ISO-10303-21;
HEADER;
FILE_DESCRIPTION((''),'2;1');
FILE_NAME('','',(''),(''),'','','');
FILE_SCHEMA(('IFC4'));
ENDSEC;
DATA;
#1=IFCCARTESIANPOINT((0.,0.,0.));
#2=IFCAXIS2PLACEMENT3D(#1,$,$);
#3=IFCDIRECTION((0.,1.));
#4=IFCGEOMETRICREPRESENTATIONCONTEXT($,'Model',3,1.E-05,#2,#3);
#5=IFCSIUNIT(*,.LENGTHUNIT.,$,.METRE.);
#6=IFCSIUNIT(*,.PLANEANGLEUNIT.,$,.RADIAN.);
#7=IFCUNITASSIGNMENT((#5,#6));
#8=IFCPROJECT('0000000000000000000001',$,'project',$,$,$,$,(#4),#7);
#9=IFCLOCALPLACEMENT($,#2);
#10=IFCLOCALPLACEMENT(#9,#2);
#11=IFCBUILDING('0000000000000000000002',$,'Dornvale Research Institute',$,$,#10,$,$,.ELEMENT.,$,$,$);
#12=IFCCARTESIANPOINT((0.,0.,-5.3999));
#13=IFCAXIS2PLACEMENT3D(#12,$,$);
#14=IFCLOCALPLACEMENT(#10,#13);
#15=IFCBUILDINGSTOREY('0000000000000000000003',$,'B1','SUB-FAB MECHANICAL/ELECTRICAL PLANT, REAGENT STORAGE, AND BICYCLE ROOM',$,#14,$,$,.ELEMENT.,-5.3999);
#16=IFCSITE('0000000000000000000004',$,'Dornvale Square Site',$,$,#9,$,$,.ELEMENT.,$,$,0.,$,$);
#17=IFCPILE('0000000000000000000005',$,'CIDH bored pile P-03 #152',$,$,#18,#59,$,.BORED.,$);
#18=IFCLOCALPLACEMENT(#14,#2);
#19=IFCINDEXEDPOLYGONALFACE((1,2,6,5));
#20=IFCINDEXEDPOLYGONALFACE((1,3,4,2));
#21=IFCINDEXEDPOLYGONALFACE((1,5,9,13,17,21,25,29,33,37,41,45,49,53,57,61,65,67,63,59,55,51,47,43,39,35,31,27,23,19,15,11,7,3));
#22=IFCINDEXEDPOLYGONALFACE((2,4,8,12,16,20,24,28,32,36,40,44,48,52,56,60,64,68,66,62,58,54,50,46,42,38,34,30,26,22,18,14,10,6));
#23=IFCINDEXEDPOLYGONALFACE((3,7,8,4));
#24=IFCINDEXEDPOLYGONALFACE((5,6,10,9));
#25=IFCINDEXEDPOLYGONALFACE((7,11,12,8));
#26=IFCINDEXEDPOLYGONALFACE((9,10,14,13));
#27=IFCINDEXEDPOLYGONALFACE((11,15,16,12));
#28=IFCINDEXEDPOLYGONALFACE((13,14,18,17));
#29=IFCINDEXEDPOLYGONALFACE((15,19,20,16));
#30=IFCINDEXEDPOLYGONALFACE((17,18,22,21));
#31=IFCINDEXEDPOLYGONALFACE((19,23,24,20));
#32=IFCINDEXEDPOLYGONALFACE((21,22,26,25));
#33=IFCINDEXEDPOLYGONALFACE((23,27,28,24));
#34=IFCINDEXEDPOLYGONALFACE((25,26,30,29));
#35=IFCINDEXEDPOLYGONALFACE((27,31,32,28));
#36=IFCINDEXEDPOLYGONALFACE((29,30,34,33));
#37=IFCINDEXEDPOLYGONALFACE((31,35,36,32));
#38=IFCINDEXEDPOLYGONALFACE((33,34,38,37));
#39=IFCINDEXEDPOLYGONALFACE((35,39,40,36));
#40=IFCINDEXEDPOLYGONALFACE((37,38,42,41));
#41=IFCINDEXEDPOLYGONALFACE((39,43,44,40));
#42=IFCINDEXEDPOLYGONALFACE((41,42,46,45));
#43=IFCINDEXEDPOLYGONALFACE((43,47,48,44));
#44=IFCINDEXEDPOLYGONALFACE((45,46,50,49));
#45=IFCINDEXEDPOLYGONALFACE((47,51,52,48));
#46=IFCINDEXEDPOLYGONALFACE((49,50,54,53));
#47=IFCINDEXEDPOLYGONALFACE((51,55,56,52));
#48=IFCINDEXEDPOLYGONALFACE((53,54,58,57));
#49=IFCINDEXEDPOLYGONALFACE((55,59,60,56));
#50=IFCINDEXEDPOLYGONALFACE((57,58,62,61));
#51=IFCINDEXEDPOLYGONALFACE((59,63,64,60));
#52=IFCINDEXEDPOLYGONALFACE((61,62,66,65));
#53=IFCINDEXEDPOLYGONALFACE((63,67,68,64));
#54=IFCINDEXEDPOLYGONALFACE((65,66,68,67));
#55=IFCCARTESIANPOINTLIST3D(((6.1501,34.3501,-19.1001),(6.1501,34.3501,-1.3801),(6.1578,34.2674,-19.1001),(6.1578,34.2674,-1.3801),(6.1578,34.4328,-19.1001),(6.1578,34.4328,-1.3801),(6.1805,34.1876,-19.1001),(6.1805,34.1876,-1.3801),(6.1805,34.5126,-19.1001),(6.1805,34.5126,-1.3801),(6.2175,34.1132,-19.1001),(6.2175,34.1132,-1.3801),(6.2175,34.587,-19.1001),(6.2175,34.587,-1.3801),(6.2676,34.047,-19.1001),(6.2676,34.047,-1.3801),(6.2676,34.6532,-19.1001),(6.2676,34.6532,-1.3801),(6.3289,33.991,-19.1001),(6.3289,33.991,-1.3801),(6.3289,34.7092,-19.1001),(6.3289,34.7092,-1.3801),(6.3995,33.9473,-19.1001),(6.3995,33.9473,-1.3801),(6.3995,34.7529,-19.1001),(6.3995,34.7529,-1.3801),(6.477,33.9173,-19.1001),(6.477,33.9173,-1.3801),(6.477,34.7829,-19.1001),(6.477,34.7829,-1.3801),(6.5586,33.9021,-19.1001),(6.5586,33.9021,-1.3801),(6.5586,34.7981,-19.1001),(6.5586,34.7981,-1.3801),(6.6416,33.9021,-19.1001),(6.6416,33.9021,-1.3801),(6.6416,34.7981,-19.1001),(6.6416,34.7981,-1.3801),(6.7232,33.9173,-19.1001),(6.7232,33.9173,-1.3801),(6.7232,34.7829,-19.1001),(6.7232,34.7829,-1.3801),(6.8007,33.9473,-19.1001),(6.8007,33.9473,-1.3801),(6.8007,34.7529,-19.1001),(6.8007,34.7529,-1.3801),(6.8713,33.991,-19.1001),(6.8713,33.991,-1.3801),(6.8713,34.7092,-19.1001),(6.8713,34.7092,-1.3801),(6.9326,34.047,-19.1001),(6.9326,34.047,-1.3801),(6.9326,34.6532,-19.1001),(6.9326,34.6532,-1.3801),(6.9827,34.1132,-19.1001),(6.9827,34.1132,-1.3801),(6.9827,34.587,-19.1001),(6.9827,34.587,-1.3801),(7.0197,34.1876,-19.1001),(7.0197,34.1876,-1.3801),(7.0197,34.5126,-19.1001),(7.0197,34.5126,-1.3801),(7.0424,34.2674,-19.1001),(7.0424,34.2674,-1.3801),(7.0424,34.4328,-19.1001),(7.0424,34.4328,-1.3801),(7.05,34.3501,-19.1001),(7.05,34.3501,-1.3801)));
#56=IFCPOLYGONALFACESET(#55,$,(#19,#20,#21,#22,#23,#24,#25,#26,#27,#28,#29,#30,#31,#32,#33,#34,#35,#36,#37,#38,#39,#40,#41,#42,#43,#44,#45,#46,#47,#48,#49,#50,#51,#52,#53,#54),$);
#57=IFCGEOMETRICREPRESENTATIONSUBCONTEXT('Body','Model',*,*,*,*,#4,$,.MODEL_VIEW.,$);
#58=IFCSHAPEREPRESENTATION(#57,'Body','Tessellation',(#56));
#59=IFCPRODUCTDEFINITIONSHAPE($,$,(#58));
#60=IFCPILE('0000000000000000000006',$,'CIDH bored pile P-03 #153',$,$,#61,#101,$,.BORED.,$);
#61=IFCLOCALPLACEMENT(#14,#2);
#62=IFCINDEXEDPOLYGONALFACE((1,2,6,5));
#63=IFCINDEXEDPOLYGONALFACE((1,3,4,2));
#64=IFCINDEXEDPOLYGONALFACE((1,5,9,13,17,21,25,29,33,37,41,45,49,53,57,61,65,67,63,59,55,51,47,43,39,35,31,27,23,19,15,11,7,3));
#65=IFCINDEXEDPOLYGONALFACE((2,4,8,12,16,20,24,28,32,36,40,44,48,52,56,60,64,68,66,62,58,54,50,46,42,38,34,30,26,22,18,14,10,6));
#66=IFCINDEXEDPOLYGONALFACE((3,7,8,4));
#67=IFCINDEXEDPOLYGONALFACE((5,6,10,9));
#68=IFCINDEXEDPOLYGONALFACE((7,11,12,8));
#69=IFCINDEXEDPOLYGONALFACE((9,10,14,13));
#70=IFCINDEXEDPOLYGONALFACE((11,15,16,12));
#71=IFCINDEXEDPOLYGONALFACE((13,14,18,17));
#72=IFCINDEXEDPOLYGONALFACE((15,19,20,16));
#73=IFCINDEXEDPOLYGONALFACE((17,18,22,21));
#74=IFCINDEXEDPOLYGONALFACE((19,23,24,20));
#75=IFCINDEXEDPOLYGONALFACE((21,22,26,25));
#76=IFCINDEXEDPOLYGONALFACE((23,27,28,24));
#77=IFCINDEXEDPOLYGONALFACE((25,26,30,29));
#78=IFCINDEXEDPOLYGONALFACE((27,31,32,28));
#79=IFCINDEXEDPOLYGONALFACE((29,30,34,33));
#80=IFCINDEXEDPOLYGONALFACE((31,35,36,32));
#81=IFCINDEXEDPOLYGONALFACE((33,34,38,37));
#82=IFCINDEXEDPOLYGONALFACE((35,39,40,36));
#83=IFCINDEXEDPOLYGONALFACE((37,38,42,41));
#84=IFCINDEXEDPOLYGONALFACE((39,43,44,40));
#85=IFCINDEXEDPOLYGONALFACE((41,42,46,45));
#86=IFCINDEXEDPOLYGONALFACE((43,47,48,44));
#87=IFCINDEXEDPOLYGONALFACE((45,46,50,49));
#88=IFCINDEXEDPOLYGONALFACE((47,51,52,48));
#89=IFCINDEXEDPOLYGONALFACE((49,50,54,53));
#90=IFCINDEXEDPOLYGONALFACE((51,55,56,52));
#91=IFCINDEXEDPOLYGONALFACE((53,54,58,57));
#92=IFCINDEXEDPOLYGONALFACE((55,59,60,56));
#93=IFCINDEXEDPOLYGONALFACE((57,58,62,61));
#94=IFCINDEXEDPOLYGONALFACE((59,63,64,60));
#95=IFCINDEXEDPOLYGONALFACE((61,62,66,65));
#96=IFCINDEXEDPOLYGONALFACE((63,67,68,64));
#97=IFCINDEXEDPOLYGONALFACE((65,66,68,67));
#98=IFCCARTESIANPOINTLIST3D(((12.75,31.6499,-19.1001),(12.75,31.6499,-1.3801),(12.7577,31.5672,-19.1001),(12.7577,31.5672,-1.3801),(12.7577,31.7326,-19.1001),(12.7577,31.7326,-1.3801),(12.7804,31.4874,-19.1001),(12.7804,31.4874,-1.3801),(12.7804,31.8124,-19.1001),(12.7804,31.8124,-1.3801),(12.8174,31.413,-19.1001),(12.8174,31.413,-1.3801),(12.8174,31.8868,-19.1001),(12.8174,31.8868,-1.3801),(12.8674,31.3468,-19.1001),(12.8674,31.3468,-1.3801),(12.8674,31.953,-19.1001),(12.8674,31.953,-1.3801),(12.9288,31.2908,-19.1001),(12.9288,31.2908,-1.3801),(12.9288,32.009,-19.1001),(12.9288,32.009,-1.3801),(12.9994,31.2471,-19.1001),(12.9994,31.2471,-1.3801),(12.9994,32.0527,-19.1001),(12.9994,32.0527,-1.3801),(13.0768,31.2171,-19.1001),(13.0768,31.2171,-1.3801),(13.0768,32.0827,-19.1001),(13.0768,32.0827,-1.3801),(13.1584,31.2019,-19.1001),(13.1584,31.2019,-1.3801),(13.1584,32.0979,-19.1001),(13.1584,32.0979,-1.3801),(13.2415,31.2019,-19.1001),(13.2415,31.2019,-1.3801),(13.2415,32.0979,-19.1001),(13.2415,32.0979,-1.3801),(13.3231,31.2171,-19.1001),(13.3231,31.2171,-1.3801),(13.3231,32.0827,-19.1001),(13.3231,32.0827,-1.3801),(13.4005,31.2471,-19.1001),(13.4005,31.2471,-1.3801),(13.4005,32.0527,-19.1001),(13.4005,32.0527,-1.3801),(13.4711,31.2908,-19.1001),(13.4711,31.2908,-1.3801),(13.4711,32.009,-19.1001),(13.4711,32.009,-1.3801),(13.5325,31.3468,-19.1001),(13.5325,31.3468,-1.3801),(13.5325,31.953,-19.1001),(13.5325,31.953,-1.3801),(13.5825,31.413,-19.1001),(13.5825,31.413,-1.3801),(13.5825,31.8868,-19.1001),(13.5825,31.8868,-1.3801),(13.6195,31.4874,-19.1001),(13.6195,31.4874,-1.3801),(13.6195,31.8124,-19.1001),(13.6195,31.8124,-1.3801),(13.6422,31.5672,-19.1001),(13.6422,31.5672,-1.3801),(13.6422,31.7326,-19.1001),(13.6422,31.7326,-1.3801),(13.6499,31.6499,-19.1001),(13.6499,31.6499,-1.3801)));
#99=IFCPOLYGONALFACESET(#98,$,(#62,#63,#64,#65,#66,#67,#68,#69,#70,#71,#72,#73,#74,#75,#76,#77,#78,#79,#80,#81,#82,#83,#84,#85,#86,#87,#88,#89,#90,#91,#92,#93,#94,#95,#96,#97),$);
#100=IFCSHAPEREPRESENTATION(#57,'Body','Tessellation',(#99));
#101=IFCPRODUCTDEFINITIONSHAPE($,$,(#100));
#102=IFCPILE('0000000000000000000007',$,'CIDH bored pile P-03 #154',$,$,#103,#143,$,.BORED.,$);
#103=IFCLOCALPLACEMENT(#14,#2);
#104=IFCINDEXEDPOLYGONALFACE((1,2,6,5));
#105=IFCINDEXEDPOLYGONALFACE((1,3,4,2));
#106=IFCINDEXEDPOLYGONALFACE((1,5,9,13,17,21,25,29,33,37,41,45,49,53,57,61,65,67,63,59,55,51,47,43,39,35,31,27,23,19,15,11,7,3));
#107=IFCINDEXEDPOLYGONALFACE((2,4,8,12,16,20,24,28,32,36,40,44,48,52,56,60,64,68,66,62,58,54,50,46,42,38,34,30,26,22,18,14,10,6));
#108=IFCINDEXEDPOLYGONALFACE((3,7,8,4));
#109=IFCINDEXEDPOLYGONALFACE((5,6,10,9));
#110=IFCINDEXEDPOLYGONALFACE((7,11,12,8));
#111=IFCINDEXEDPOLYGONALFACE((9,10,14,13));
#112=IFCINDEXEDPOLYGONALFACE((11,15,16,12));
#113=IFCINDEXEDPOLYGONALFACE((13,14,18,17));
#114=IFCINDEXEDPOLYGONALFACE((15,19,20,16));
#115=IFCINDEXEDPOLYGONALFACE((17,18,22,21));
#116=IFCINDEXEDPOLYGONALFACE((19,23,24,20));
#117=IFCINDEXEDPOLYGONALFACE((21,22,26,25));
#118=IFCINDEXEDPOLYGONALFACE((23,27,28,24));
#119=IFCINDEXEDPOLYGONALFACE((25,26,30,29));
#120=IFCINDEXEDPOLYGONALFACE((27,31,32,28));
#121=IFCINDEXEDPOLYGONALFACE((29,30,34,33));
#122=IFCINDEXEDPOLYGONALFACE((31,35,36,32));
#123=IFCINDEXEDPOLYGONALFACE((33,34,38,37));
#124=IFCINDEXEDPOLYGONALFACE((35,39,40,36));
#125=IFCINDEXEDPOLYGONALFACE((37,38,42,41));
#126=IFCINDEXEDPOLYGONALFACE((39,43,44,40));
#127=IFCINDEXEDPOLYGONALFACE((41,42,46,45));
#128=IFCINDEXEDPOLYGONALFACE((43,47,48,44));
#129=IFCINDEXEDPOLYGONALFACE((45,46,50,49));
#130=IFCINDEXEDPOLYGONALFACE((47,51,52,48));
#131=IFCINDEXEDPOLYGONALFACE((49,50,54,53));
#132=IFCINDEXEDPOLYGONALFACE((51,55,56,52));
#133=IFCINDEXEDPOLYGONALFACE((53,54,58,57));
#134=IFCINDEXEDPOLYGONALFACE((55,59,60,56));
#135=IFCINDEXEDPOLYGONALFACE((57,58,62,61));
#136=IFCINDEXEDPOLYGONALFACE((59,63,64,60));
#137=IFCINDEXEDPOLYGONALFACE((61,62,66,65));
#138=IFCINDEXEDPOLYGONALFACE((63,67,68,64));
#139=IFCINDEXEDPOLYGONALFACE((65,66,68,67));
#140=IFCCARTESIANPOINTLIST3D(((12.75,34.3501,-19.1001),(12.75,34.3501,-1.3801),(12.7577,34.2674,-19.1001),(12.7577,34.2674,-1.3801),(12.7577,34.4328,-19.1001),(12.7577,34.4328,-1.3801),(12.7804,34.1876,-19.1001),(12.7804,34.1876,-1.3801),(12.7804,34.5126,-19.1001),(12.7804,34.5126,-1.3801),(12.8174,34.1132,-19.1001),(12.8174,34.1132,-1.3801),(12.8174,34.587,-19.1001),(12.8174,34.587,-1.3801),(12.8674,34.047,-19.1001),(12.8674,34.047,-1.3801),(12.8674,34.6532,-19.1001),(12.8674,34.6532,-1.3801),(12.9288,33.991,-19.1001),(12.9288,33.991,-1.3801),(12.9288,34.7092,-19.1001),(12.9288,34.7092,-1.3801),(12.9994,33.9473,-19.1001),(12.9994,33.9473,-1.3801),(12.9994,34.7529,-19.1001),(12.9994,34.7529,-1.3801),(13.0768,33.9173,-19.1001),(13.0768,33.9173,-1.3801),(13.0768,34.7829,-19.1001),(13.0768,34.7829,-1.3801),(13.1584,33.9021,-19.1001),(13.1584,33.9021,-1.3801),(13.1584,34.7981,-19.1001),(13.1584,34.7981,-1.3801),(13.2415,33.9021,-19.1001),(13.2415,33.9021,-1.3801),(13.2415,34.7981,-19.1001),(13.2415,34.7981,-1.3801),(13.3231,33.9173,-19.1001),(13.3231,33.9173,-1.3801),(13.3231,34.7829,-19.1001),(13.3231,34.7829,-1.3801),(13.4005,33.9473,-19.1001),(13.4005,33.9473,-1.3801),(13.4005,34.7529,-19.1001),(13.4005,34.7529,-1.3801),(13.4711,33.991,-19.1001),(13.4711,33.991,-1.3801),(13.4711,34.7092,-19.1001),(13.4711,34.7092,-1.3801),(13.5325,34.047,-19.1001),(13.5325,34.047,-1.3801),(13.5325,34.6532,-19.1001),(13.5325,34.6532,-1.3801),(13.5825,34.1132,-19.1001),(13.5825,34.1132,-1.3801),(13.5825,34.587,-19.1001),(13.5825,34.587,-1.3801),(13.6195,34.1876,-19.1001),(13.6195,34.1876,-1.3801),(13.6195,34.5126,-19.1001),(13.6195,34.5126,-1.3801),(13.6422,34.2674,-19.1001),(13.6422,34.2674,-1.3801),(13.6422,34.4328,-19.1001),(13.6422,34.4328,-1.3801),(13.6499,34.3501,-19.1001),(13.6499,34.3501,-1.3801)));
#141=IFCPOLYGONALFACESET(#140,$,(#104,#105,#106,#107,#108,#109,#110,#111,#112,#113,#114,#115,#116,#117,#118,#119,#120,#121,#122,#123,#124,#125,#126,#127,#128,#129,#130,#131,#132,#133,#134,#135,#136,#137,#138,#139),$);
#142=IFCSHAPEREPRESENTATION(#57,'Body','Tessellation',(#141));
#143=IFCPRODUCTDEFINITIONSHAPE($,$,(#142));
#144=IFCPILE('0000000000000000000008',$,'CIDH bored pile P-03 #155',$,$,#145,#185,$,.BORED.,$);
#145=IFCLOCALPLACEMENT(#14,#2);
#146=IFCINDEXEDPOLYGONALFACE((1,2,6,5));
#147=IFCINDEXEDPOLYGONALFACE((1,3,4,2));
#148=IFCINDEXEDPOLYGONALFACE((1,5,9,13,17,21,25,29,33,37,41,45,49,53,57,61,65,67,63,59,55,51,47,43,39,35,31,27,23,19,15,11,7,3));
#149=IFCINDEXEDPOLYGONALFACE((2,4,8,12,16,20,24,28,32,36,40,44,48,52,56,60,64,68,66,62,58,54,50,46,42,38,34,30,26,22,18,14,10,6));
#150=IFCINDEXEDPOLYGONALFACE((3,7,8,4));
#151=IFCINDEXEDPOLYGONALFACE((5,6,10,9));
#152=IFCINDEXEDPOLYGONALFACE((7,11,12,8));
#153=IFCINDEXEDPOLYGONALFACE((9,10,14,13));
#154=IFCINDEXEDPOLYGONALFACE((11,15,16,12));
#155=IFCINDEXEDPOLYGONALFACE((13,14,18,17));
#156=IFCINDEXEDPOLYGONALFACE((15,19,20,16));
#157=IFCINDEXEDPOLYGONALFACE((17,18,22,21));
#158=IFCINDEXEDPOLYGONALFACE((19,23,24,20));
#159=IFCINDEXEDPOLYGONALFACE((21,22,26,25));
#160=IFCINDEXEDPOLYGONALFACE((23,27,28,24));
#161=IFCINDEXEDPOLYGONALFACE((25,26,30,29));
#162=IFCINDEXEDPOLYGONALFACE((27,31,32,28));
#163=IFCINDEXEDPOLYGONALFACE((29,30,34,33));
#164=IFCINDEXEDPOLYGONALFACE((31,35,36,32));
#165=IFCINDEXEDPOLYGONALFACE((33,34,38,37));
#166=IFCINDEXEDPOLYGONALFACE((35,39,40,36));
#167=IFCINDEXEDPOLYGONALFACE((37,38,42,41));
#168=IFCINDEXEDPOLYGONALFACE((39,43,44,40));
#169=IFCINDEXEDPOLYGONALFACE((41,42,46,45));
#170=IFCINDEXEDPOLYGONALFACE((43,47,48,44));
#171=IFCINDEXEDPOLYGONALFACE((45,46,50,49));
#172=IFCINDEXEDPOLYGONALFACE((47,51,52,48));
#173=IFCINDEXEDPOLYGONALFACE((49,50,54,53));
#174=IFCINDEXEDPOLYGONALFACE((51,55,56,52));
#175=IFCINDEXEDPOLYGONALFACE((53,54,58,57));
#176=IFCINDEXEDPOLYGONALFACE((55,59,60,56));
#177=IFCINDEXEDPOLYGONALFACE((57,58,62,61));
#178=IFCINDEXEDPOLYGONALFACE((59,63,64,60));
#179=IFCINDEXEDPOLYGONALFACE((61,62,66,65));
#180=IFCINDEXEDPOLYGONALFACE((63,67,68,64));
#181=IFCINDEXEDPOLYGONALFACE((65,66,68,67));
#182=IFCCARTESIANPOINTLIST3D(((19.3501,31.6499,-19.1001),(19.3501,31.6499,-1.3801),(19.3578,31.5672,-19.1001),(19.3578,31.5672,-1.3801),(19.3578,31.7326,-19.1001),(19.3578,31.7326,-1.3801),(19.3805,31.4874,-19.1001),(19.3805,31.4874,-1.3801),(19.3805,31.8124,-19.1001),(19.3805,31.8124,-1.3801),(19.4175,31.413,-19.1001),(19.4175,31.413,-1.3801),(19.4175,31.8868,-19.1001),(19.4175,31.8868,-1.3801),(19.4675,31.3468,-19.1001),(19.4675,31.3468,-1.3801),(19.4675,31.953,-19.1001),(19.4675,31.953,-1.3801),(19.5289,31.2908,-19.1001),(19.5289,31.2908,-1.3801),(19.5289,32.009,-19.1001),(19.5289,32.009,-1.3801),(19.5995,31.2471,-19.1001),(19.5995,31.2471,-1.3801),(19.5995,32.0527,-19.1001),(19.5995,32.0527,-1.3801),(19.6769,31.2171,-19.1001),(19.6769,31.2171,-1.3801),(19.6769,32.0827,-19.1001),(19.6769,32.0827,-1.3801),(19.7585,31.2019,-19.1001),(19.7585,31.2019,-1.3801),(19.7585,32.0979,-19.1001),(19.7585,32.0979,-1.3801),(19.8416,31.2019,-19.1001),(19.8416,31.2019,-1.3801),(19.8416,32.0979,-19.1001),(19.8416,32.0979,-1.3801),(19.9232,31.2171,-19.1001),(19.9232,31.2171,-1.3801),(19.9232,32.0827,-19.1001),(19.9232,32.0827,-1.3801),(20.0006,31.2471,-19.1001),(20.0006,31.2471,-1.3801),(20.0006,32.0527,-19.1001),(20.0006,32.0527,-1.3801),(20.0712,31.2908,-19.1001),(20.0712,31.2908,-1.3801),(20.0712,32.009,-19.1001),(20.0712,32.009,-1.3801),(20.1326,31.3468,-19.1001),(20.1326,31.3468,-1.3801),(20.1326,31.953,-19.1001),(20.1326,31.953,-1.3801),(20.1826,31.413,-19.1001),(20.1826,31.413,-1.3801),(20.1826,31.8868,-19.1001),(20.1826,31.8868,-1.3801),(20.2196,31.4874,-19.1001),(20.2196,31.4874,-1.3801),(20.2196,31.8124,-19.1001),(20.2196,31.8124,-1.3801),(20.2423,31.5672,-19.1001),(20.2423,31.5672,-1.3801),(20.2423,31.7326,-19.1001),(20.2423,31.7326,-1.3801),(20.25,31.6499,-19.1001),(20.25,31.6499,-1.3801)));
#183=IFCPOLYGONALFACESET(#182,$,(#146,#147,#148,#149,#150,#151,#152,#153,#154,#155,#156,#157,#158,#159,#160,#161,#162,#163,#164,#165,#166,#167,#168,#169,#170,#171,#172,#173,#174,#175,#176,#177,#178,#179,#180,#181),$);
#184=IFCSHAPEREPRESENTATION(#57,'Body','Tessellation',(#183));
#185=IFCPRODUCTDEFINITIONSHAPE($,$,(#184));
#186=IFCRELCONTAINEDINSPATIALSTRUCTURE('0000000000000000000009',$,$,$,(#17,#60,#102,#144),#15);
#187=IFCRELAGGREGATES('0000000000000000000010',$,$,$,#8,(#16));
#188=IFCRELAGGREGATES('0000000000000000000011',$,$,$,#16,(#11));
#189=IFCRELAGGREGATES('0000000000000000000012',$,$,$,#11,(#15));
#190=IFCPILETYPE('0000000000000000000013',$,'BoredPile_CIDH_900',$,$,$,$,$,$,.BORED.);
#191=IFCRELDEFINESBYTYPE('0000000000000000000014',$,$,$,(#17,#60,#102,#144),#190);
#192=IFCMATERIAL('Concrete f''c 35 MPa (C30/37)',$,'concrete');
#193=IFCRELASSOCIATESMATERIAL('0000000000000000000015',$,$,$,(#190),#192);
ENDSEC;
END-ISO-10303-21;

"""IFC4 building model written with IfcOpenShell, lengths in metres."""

from ifc_helpers import new_model, si_unit, direction, frame, origin, origin_2d, place, context, subcontext, project, spatial, circle, extrude, material, material_profile, profile_set, type_object, element, save


model = new_model("IFC4")

# Units and contexts
model_context = context("Model", 3, precision=1e-05, world=origin(), true_north=direction((0.0, 1.0)))
body_context = subcontext(model_context, "Body", "Model", "MODEL_VIEW")
ifc_project = project(units=[si_unit("LENGTHUNIT", "METRE"), si_unit("PLANEANGLEUNIT", "RADIAN")], contexts=[model_context])

# Site, building, storey
site_placement = place(None, origin())
site = spatial("IfcSite", under=ifc_project, at=site_placement, Name="Dornvale Square Site", CompositionType="ELEMENT", RefElevation=0.0)
building_placement = place(site_placement, origin())
building = spatial("IfcBuilding", under=site, at=building_placement, Name="Dornvale Research Institute", CompositionType="ELEMENT")
storey_placement = place(building_placement, frame((0.0, 0.0, -5.3999)))
storey = spatial("IfcBuildingStorey", under=building, at=storey_placement, Name="B1", Description="SUB-FAB MECHANICAL/ELECTRICAL PLANT, REAGENT STORAGE, AND BICYCLE ROOM", CompositionType="ELEMENT", Elevation=-5.3999)

# Piles
ifc_material_1 = material(Name="Concrete f'c 35 MPa (C30/37)", Category="concrete")
ifc_material_profile_1 = material_profile(ifc_material_1, circle(Radius=0.45, at=origin_2d()), Name="CIDH PILE D900")
ifc_profile_set_1 = profile_set([ifc_material_profile_1], Name="Concrete f'c 35 MPa (C30/37)")
pile_type = type_object("IfcPileType", Name="BoredPile_CIDH_900", PredefinedType="BORED", material=ifc_profile_set_1)
for number, where, z_axis, x_axis, name in (
    (1, (6.6001, 34.3501, -1.3801), (0.0, 0.0, -1.0), (1.0, 0.0, 0.0), "CIDH bored pile P-03 #152"),
    (2, (13.2, 31.6499, -1.3801), (0.0, 0.0, -1.0), (1.0, 0.0, 0.0), "CIDH bored pile P-03 #153"),
    (3, (13.2, 34.3501, -1.3801), (0.0, 0.0, -1.0), (1.0, 0.0, 0.0), "CIDH bored pile P-03 #154"),
    (4, (19.8, 31.6499, -1.3801), (0.0, 0.0, -1.0), (1.0, 0.0, 0.0), "CIDH bored pile P-03 #155"),
):
    element("IfcPile", number, at=place(storey_placement, frame(where, z_axis=z_axis, x_axis=x_axis)), inside=storey, type_object=pile_type, Name=name, PredefinedType="BORED", context=body_context, shape_type="SweptSolid", body=[
        extrude(circle(Radius=0.45, at=origin_2d()), origin(), (0.0, 0.0, 1.0), 17.72),
    ])

save(model, "model.ifc")
